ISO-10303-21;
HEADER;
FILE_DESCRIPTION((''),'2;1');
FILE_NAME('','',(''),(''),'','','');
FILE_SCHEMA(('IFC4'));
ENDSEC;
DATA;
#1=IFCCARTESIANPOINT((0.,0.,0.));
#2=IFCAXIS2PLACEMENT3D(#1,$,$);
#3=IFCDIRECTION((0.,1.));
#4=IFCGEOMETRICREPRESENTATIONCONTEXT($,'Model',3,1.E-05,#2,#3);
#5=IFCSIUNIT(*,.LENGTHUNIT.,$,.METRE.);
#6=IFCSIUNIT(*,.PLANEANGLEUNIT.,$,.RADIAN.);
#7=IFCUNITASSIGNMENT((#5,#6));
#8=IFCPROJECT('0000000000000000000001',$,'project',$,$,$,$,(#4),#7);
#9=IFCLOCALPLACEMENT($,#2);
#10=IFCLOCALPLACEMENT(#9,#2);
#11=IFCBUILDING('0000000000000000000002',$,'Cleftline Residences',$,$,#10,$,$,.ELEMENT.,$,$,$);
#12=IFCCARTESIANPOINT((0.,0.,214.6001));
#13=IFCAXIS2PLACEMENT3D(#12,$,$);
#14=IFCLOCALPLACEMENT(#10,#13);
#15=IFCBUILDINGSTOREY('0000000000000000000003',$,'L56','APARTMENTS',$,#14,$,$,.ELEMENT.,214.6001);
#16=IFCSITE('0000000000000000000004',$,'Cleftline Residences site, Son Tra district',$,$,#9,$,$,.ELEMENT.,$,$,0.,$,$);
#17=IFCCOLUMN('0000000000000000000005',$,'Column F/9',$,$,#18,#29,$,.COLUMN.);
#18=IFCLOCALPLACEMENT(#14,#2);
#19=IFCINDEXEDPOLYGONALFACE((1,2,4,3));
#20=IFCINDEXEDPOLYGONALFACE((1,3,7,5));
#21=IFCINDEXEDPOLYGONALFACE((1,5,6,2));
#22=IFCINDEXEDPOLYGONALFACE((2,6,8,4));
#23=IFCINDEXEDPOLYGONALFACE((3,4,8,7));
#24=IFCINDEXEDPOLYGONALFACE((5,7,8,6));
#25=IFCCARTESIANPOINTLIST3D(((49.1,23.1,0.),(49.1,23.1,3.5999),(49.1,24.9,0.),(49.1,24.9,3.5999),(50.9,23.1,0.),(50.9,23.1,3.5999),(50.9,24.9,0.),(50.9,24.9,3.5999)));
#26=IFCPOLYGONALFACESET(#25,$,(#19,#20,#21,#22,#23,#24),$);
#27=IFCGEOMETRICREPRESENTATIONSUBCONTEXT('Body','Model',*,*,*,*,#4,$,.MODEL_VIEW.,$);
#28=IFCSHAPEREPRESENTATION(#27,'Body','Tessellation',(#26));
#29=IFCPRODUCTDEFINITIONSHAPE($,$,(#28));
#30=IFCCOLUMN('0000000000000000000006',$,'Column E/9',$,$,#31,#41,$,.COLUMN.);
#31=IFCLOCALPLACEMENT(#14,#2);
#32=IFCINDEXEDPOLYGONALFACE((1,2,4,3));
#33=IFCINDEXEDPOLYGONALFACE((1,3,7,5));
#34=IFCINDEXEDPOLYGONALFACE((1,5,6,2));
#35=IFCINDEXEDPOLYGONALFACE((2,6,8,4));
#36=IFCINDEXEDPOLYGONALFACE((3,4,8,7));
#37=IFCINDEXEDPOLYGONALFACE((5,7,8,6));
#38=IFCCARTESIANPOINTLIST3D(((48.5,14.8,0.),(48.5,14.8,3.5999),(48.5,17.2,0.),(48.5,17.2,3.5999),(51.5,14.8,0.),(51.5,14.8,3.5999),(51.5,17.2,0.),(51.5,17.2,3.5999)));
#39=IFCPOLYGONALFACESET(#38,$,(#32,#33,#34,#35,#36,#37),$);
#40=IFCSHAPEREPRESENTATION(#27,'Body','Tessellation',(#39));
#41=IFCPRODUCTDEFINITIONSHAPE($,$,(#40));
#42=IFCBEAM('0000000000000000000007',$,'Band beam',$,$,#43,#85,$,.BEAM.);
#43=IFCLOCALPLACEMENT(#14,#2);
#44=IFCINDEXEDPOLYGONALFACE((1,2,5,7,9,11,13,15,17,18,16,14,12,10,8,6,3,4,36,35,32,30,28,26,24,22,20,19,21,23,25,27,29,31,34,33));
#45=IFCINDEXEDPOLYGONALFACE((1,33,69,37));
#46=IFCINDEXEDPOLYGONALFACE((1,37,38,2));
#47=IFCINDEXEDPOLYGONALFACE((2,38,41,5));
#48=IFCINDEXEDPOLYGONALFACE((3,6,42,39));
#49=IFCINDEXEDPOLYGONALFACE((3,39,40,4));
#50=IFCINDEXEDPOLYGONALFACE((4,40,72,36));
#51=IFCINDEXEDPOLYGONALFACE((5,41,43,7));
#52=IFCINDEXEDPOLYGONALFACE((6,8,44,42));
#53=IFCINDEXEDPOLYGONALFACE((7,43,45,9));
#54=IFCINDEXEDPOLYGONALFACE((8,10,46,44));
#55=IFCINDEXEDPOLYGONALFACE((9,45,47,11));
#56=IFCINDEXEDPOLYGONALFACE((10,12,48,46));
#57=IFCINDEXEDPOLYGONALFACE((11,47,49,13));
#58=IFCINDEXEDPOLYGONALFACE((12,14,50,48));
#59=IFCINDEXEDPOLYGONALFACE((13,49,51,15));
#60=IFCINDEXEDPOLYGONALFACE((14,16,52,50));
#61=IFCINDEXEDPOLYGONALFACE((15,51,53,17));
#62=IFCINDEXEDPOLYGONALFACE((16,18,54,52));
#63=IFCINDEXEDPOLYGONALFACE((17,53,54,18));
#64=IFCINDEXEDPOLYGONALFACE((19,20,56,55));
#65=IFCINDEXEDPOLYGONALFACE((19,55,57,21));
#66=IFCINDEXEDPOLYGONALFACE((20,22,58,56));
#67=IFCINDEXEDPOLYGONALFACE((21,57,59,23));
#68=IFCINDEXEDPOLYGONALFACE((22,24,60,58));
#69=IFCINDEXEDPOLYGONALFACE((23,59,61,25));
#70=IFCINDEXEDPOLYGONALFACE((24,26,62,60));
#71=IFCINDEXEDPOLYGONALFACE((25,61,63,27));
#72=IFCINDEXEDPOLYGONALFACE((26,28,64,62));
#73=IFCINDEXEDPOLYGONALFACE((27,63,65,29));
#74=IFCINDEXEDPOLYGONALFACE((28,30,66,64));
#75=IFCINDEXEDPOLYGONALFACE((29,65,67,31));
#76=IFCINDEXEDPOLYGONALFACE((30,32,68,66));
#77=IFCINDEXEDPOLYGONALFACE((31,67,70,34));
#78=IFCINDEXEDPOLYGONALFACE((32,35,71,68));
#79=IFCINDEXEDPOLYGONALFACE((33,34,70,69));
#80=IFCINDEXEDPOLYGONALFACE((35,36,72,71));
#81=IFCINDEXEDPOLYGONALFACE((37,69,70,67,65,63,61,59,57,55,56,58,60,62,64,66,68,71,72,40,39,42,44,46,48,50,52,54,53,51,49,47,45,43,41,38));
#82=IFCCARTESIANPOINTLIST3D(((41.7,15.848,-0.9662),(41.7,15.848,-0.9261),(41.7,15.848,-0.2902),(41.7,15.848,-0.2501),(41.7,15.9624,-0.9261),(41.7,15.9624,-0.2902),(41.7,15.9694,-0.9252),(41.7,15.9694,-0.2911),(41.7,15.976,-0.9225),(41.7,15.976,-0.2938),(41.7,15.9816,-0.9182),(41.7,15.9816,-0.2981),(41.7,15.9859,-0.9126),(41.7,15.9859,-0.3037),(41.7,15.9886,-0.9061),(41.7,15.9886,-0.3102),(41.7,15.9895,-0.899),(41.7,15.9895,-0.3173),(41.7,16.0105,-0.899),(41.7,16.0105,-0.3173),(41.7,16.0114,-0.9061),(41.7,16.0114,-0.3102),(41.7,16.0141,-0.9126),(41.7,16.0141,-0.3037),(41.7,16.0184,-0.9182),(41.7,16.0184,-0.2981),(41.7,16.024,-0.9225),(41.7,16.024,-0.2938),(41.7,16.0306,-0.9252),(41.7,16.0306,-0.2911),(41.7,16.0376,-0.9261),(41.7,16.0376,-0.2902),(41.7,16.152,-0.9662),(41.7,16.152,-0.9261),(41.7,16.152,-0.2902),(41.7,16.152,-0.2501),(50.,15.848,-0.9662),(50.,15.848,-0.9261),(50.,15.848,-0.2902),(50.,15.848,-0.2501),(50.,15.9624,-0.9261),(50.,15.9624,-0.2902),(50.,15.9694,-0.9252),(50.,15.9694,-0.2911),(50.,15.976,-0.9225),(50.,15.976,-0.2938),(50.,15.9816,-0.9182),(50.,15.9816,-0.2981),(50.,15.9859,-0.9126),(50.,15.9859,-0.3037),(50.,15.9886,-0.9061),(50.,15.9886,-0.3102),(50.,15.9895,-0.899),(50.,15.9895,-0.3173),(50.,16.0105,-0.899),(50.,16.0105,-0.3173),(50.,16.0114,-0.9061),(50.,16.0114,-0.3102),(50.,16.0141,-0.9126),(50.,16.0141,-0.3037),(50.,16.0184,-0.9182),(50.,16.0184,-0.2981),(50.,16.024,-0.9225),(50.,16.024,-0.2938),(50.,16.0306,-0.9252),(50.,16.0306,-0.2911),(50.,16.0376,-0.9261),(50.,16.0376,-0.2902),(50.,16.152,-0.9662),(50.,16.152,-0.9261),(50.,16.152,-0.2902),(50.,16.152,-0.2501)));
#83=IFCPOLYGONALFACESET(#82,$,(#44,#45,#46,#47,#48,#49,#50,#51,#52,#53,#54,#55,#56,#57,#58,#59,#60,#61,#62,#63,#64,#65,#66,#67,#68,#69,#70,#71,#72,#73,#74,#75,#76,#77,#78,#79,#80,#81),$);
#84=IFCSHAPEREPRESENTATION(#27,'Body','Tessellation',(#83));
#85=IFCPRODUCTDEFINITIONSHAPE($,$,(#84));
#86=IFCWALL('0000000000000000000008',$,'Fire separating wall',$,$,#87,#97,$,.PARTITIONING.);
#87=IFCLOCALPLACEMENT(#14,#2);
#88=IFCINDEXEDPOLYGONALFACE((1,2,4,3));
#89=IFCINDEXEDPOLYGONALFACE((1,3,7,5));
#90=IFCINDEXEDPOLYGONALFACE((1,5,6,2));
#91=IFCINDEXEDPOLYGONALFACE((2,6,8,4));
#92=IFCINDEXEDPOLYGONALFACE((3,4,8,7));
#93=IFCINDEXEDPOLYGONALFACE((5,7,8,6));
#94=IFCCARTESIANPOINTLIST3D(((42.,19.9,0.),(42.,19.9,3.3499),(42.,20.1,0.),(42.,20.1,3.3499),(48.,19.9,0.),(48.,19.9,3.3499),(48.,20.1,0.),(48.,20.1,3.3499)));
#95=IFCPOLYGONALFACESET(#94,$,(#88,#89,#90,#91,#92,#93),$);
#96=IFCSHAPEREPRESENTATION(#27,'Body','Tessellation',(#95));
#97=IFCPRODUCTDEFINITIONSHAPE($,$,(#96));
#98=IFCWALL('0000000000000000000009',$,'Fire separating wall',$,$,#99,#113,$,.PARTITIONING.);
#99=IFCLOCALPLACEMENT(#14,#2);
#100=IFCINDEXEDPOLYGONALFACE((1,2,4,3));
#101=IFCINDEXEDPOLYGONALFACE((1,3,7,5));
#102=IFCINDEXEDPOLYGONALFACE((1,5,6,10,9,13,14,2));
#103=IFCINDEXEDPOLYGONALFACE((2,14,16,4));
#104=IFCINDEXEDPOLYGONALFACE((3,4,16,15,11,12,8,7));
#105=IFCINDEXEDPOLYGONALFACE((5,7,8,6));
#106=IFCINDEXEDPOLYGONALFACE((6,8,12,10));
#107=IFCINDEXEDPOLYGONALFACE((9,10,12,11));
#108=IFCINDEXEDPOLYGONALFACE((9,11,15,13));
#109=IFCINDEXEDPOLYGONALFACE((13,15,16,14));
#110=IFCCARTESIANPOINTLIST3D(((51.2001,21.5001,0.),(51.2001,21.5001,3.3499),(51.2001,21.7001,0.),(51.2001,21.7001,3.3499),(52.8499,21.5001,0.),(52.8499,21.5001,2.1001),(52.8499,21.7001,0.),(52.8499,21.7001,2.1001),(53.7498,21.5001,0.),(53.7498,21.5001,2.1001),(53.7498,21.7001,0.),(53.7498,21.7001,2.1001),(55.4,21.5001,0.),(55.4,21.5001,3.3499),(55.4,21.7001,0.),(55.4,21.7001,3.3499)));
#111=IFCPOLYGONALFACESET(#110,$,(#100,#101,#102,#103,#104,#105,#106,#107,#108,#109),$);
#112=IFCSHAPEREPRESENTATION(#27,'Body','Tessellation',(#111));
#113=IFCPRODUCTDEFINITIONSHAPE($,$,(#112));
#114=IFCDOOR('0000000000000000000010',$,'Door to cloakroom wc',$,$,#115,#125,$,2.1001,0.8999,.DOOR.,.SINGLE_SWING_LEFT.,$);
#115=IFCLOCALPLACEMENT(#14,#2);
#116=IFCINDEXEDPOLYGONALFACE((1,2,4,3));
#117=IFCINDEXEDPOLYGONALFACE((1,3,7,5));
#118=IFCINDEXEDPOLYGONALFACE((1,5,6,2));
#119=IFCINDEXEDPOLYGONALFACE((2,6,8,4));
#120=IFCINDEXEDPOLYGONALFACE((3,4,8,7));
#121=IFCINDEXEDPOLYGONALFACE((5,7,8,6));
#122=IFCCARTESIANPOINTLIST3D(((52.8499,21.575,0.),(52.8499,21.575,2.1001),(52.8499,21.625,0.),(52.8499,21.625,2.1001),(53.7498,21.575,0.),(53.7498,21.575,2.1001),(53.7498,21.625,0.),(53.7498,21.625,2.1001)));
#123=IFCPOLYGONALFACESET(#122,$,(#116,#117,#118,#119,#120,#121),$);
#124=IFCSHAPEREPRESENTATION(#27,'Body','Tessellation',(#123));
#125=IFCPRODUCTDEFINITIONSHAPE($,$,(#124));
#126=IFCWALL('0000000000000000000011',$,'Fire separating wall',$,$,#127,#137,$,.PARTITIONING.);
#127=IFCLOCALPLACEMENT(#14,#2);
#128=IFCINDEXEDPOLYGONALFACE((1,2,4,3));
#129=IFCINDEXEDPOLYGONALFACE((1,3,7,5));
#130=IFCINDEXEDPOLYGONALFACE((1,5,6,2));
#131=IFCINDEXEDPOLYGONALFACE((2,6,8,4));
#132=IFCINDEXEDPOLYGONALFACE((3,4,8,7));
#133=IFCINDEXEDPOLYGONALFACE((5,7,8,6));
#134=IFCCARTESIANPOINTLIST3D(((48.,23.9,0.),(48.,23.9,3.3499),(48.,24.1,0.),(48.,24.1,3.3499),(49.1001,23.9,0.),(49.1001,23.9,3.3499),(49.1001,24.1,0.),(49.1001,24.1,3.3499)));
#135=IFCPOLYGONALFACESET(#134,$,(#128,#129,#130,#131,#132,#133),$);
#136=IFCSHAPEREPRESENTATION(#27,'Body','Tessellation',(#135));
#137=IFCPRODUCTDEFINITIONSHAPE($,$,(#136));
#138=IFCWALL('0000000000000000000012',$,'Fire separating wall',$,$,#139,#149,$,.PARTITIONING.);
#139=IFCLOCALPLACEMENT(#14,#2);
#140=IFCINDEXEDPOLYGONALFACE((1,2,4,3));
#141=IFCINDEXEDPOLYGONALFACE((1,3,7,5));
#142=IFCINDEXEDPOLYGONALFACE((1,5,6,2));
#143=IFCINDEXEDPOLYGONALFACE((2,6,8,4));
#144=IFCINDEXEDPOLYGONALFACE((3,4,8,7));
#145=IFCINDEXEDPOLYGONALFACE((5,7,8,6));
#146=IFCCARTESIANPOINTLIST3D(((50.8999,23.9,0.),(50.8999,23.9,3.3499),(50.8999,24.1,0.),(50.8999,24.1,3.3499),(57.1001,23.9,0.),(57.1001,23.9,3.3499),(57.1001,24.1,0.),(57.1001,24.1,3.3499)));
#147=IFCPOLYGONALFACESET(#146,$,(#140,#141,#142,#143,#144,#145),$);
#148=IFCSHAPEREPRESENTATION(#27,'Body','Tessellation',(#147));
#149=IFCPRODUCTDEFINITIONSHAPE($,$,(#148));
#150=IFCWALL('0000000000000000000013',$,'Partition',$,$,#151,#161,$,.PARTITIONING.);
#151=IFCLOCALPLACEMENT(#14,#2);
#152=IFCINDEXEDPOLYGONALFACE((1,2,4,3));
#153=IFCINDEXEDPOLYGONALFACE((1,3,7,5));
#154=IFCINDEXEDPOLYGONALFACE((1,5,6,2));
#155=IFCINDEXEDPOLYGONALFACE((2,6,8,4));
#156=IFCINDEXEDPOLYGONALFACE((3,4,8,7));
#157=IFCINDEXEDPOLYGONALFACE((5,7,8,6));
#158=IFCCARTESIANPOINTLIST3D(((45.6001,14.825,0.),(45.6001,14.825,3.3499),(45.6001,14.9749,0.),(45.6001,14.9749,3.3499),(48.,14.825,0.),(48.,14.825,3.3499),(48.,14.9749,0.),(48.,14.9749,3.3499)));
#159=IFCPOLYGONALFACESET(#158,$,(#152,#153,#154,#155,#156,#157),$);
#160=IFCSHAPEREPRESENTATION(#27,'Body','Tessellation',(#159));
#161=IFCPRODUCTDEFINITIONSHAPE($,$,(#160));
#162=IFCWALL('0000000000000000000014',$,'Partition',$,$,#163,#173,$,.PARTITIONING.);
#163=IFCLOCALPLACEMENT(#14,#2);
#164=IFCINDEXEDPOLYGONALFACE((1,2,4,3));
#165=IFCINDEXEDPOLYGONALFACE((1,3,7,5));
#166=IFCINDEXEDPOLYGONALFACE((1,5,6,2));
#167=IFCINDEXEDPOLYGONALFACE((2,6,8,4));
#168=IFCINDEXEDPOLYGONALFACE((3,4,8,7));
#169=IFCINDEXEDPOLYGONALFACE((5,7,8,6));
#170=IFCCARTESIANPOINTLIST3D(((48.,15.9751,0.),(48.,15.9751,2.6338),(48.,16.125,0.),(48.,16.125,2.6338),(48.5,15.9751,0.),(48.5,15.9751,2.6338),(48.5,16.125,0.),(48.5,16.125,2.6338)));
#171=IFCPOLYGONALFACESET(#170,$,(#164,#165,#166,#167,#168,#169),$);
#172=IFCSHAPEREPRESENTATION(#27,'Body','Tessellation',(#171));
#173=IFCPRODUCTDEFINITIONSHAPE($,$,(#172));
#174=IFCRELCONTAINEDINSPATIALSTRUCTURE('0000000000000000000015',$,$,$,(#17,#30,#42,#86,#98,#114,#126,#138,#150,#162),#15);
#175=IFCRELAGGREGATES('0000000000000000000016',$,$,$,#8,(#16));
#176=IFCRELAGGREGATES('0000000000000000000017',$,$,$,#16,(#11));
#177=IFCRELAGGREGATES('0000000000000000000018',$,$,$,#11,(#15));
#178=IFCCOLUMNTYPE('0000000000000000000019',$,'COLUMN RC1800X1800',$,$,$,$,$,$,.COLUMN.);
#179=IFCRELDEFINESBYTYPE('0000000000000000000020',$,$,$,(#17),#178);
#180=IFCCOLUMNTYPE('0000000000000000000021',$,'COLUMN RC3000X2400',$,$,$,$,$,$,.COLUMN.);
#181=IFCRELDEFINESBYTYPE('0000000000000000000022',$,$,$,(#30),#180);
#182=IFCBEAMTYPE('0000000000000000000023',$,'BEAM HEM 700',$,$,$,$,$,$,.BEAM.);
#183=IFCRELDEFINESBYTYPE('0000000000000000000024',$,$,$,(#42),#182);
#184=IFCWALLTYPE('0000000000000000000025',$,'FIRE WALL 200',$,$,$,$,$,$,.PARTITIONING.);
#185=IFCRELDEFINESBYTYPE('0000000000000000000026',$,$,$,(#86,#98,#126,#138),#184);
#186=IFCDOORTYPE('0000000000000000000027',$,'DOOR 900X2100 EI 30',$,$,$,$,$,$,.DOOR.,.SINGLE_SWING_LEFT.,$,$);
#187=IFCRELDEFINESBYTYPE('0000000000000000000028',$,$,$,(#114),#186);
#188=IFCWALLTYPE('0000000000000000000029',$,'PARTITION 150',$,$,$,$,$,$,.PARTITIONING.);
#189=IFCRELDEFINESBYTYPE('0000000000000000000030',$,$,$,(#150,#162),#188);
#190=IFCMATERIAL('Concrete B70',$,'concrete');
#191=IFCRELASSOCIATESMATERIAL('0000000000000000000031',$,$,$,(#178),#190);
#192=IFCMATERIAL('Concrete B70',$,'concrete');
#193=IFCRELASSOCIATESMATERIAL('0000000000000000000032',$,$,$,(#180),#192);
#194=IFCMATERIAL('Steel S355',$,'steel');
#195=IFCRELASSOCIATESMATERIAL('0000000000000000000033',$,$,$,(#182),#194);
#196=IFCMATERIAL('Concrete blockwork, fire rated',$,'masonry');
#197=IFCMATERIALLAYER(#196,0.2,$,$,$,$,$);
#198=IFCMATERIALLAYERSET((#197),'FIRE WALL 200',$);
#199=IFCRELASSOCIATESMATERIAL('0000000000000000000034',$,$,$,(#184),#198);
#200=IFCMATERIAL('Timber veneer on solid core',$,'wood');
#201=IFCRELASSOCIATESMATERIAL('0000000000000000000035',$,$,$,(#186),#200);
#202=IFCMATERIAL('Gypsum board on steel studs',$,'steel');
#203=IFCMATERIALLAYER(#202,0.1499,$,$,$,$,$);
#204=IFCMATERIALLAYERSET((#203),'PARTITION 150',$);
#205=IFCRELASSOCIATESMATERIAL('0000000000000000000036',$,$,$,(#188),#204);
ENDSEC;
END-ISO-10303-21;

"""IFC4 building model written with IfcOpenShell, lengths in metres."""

from ifc_helpers import new_model, si_unit, direction, frame, frame_2d, origin, origin_2d, place, context, subcontext, project, spatial, rectangle, i_section, extrude, material, layer, layer_set, material_profile, profile_set, type_object, element, fill, save


model = new_model("IFC4")

# Units and contexts
model_context = context("Model", 3, precision=1e-05, world=origin(), true_north=direction((0.0, 1.0)))
body_context = subcontext(model_context, "Body", "Model", "MODEL_VIEW")
ifc_project = project(units=[si_unit("LENGTHUNIT", "METRE"), si_unit("PLANEANGLEUNIT", "RADIAN")], contexts=[model_context])

# Site, building, storey
site_placement = place(None, origin())
site = spatial("IfcSite", under=ifc_project, at=site_placement, Name="Cleftline Residences site, Son Tra district", CompositionType="ELEMENT", RefElevation=0.0)
building_placement = place(site_placement, origin())
building = spatial("IfcBuilding", under=site, at=building_placement, Name="Cleftline Residences", CompositionType="ELEMENT")
storey_placement = place(building_placement, frame((0.0, 0.0, 214.6001)))
storey = spatial("IfcBuildingStorey", under=building, at=storey_placement, Name="L56", Description="APARTMENTS", CompositionType="ELEMENT", Elevation=214.6001)

# Columns
ifc_material_1 = material(Name="Concrete B70", Category="concrete")
ifc_material_profile_1 = material_profile(ifc_material_1, rectangle(XDim=1.8, YDim=1.8, at=origin_2d()))
ifc_profile_set_1 = profile_set([ifc_material_profile_1], Name="Concrete B70")
column_type_1 = type_object("IfcColumnType", Name="COLUMN RC1800X1800", PredefinedType="COLUMN", material=ifc_profile_set_1)
column_1_placement = place(storey_placement, frame((50.0, 24.0, 0.0), z_axis=(0.0, 0.0, 1.0), x_axis=(1.0, 0.0, 0.0)))
element("IfcColumn", 1, at=column_1_placement, inside=storey, type_object=column_type_1, Name="Column F/9", PredefinedType="COLUMN", context=body_context, shape_type="SweptSolid", body=[
    extrude(rectangle(XDim=1.8, YDim=1.8, at=origin_2d()), origin(), (0.0, 0.0, 1.0), 3.5999),
])
ifc_material_2 = material(Name="Concrete B70", Category="concrete")
ifc_material_profile_2 = material_profile(ifc_material_2, rectangle(XDim=3.0, YDim=2.3999, at=origin_2d()))
ifc_profile_set_2 = profile_set([ifc_material_profile_2], Name="Concrete B70")
column_type_2 = type_object("IfcColumnType", Name="COLUMN RC3000X2400", PredefinedType="COLUMN", material=ifc_profile_set_2)
column_2_placement = place(storey_placement, frame((50.0, 16.0, 0.0), z_axis=(0.0, 0.0, 1.0), x_axis=(1.0, 0.0, 0.0)))
element("IfcColumn", 2, at=column_2_placement, inside=storey, type_object=column_type_2, Name="Column E/9", PredefinedType="COLUMN", context=body_context, shape_type="SweptSolid", body=[
    extrude(rectangle(XDim=3.0, YDim=2.3999, at=origin_2d()), origin(), (0.0, 0.0, 1.0), 3.5999),
])

# Beam
ifc_material_3 = material(Name="Steel S355", Category="steel")
ifc_material_profile_3 = material_profile(ifc_material_3, i_section(OverallWidth=0.304, OverallDepth=0.7161, WebThickness=0.021, FlangeThickness=0.04, FilletRadius=0.0271, at=origin_2d()))
ifc_profile_set_3 = profile_set([ifc_material_profile_3], Name="Steel S355")
beam_type = type_object("IfcBeamType", Name="BEAM HEM 700", PredefinedType="BEAM", material=ifc_profile_set_3)
beam_placement = place(storey_placement, frame((50.0, 16.0, -0.6082), z_axis=(-1.0, 0.0, 0.0), x_axis=(0.0, -1.0, 0.0)))
element("IfcBeam", 3, at=beam_placement, inside=storey, type_object=beam_type, Name="Band beam", PredefinedType="BEAM", context=body_context, shape_type="SweptSolid", body=[
    extrude(i_section(OverallWidth=0.304, OverallDepth=0.7161, WebThickness=0.021, FlangeThickness=0.04, FilletRadius=0.0271, at=origin_2d()), origin(), (0.0, 0.0, 1.0), 8.3),
])

# Wall
ifc_material_4 = material(Name="Concrete blockwork, fire rated", Category="masonry")
ifc_layer_1 = layer(ifc_material_4, 0.2)
ifc_layer_set_1 = layer_set([ifc_layer_1], Name="FIRE WALL 200")
wall_type_1 = type_object("IfcWallType", Name="FIRE WALL 200", PredefinedType="PARTITIONING", material=ifc_layer_set_1)
wall_1_placement = place(storey_placement, frame((42.0, 20.0, 0.0), z_axis=(0.0, 0.0, 1.0), x_axis=(1.0, 0.0, 0.0)))
element("IfcWall", 4, at=wall_1_placement, inside=storey, type_object=wall_type_1, Name="Fire separating wall", PredefinedType="PARTITIONING", context=body_context, shape_type="SweptSolid", body=[
    extrude(rectangle(XDim=6.0, YDim=0.2, at=frame_2d((3.0, 0.0))), origin(), (0.0, 0.0, 1.0), 3.3499),
])

# Wall, opening, door
wall_2_placement = place(storey_placement, frame((51.2, 21.6001, 0.0), z_axis=(0.0, 0.0, 1.0), x_axis=(1.0, 0.0, 0.0)))
wall_2 = element("IfcWall", 5, at=wall_2_placement, inside=storey, type_object=wall_type_1, Name="Fire separating wall", PredefinedType="PARTITIONING", context=body_context, shape_type="SweptSolid", body=[
    extrude(rectangle(XDim=4.2, YDim=0.2, at=frame_2d((2.1001, 0.0))), origin(), (0.0, 0.0, 1.0), 3.3499),
])
opening_1_placement = place(wall_2_placement, frame((1.6499, 0.0, 0.0)))
opening_1 = element("IfcOpeningElement", 6, at=opening_1_placement, cuts=wall_2, PredefinedType="OPENING", context=body_context, shape_type="SweptSolid", body=[
    extrude(rectangle(XDim=0.8999, YDim=2.1001, at=frame_2d((0.45, 1.05))), frame((0.0, 0.1099, 0.0), z_axis=(0.0, -1.0, 0.0), x_axis=(1.0, 0.0, 0.0)), (0.0, 0.0, 1.0), 0.22),
])
ifc_material_5 = material(Name="Timber veneer on solid core", Category="wood")
door_type_1 = type_object("IfcDoorType", Name="DOOR 900X2100 EI 30", OperationType="SINGLE_SWING_LEFT", PredefinedType="DOOR", material=ifc_material_5)
door_1_placement = place(opening_1_placement, origin())
door_1 = element("IfcDoor", 7, at=door_1_placement, inside=storey, type_object=door_type_1, Name="Door to cloakroom wc", OperationType="SINGLE_SWING_LEFT", OverallHeight=2.1001, OverallWidth=0.8999, PredefinedType="DOOR", context=body_context, shape_type="SweptSolid", body=[
    extrude(rectangle(XDim=0.8999, YDim=2.1001, at=frame_2d((0.45, 1.05))), frame((0.0, 0.0249, 0.0), z_axis=(0.0, -1.0, 0.0), x_axis=(1.0, 0.0, 0.0)), (0.0, 0.0, 1.0), 0.05),
])
fill(opening_1, door_1)

# Walls
wall_3_placement = place(storey_placement, frame((48.0, 24.0, 0.0), z_axis=(0.0, 0.0, 1.0), x_axis=(1.0, 0.0, 0.0)))
element("IfcWall", 8, at=wall_3_placement, inside=storey, type_object=wall_type_1, Name="Fire separating wall", PredefinedType="PARTITIONING", context=body_context, shape_type="SweptSolid", body=[
    extrude(rectangle(XDim=1.1001, YDim=0.2, at=frame_2d((0.55, 0.0))), origin(), (0.0, 0.0, 1.0), 3.3499),
])
wall_4_placement = place(storey_placement, frame((50.8999, 24.0, 0.0), z_axis=(0.0, 0.0, 1.0), x_axis=(1.0, 0.0, 0.0)))
element("IfcWall", 9, at=wall_4_placement, inside=storey, type_object=wall_type_1, Name="Fire separating wall", PredefinedType="PARTITIONING", context=body_context, shape_type="SweptSolid", body=[
    extrude(rectangle(XDim=6.2002, YDim=0.2, at=frame_2d((3.1001, 0.0))), origin(), (0.0, 0.0, 1.0), 3.3499),
])

# Walls
ifc_material_6 = material(Name="Gypsum board on steel studs", Category="steel")
ifc_layer_2 = layer(ifc_material_6, 0.1499)
ifc_layer_set_2 = layer_set([ifc_layer_2], Name="PARTITION 150")
wall_type_2 = type_object("IfcWallType", Name="PARTITION 150", PredefinedType="PARTITIONING", material=ifc_layer_set_2)
wall_5_placement = place(storey_placement, frame((45.6001, 14.8999, 0.0), z_axis=(0.0, 0.0, 1.0), x_axis=(1.0, 0.0, 0.0)))
element("IfcWall", 10, at=wall_5_placement, inside=storey, type_object=wall_type_2, Name="Partition", PredefinedType="PARTITIONING", context=body_context, shape_type="SweptSolid", body=[
    extrude(rectangle(XDim=2.3999, YDim=0.1499, at=frame_2d((1.2, 0.0))), origin(), (0.0, 0.0, 1.0), 3.3499),
])
wall_6_placement = place(storey_placement, frame((48.0, 16.05, 0.0), z_axis=(0.0, 0.0, 1.0), x_axis=(1.0, 0.0, 0.0)))
element("IfcWall", 11, at=wall_6_placement, inside=storey, type_object=wall_type_2, Name="Partition", PredefinedType="PARTITIONING", context=body_context, shape_type="SweptSolid", body=[
    extrude(rectangle(XDim=0.5, YDim=0.1499, at=frame_2d((0.25, 0.0))), origin(), (0.0, 0.0, 1.0), 2.6338),
])

save(model, "model.ifc")
